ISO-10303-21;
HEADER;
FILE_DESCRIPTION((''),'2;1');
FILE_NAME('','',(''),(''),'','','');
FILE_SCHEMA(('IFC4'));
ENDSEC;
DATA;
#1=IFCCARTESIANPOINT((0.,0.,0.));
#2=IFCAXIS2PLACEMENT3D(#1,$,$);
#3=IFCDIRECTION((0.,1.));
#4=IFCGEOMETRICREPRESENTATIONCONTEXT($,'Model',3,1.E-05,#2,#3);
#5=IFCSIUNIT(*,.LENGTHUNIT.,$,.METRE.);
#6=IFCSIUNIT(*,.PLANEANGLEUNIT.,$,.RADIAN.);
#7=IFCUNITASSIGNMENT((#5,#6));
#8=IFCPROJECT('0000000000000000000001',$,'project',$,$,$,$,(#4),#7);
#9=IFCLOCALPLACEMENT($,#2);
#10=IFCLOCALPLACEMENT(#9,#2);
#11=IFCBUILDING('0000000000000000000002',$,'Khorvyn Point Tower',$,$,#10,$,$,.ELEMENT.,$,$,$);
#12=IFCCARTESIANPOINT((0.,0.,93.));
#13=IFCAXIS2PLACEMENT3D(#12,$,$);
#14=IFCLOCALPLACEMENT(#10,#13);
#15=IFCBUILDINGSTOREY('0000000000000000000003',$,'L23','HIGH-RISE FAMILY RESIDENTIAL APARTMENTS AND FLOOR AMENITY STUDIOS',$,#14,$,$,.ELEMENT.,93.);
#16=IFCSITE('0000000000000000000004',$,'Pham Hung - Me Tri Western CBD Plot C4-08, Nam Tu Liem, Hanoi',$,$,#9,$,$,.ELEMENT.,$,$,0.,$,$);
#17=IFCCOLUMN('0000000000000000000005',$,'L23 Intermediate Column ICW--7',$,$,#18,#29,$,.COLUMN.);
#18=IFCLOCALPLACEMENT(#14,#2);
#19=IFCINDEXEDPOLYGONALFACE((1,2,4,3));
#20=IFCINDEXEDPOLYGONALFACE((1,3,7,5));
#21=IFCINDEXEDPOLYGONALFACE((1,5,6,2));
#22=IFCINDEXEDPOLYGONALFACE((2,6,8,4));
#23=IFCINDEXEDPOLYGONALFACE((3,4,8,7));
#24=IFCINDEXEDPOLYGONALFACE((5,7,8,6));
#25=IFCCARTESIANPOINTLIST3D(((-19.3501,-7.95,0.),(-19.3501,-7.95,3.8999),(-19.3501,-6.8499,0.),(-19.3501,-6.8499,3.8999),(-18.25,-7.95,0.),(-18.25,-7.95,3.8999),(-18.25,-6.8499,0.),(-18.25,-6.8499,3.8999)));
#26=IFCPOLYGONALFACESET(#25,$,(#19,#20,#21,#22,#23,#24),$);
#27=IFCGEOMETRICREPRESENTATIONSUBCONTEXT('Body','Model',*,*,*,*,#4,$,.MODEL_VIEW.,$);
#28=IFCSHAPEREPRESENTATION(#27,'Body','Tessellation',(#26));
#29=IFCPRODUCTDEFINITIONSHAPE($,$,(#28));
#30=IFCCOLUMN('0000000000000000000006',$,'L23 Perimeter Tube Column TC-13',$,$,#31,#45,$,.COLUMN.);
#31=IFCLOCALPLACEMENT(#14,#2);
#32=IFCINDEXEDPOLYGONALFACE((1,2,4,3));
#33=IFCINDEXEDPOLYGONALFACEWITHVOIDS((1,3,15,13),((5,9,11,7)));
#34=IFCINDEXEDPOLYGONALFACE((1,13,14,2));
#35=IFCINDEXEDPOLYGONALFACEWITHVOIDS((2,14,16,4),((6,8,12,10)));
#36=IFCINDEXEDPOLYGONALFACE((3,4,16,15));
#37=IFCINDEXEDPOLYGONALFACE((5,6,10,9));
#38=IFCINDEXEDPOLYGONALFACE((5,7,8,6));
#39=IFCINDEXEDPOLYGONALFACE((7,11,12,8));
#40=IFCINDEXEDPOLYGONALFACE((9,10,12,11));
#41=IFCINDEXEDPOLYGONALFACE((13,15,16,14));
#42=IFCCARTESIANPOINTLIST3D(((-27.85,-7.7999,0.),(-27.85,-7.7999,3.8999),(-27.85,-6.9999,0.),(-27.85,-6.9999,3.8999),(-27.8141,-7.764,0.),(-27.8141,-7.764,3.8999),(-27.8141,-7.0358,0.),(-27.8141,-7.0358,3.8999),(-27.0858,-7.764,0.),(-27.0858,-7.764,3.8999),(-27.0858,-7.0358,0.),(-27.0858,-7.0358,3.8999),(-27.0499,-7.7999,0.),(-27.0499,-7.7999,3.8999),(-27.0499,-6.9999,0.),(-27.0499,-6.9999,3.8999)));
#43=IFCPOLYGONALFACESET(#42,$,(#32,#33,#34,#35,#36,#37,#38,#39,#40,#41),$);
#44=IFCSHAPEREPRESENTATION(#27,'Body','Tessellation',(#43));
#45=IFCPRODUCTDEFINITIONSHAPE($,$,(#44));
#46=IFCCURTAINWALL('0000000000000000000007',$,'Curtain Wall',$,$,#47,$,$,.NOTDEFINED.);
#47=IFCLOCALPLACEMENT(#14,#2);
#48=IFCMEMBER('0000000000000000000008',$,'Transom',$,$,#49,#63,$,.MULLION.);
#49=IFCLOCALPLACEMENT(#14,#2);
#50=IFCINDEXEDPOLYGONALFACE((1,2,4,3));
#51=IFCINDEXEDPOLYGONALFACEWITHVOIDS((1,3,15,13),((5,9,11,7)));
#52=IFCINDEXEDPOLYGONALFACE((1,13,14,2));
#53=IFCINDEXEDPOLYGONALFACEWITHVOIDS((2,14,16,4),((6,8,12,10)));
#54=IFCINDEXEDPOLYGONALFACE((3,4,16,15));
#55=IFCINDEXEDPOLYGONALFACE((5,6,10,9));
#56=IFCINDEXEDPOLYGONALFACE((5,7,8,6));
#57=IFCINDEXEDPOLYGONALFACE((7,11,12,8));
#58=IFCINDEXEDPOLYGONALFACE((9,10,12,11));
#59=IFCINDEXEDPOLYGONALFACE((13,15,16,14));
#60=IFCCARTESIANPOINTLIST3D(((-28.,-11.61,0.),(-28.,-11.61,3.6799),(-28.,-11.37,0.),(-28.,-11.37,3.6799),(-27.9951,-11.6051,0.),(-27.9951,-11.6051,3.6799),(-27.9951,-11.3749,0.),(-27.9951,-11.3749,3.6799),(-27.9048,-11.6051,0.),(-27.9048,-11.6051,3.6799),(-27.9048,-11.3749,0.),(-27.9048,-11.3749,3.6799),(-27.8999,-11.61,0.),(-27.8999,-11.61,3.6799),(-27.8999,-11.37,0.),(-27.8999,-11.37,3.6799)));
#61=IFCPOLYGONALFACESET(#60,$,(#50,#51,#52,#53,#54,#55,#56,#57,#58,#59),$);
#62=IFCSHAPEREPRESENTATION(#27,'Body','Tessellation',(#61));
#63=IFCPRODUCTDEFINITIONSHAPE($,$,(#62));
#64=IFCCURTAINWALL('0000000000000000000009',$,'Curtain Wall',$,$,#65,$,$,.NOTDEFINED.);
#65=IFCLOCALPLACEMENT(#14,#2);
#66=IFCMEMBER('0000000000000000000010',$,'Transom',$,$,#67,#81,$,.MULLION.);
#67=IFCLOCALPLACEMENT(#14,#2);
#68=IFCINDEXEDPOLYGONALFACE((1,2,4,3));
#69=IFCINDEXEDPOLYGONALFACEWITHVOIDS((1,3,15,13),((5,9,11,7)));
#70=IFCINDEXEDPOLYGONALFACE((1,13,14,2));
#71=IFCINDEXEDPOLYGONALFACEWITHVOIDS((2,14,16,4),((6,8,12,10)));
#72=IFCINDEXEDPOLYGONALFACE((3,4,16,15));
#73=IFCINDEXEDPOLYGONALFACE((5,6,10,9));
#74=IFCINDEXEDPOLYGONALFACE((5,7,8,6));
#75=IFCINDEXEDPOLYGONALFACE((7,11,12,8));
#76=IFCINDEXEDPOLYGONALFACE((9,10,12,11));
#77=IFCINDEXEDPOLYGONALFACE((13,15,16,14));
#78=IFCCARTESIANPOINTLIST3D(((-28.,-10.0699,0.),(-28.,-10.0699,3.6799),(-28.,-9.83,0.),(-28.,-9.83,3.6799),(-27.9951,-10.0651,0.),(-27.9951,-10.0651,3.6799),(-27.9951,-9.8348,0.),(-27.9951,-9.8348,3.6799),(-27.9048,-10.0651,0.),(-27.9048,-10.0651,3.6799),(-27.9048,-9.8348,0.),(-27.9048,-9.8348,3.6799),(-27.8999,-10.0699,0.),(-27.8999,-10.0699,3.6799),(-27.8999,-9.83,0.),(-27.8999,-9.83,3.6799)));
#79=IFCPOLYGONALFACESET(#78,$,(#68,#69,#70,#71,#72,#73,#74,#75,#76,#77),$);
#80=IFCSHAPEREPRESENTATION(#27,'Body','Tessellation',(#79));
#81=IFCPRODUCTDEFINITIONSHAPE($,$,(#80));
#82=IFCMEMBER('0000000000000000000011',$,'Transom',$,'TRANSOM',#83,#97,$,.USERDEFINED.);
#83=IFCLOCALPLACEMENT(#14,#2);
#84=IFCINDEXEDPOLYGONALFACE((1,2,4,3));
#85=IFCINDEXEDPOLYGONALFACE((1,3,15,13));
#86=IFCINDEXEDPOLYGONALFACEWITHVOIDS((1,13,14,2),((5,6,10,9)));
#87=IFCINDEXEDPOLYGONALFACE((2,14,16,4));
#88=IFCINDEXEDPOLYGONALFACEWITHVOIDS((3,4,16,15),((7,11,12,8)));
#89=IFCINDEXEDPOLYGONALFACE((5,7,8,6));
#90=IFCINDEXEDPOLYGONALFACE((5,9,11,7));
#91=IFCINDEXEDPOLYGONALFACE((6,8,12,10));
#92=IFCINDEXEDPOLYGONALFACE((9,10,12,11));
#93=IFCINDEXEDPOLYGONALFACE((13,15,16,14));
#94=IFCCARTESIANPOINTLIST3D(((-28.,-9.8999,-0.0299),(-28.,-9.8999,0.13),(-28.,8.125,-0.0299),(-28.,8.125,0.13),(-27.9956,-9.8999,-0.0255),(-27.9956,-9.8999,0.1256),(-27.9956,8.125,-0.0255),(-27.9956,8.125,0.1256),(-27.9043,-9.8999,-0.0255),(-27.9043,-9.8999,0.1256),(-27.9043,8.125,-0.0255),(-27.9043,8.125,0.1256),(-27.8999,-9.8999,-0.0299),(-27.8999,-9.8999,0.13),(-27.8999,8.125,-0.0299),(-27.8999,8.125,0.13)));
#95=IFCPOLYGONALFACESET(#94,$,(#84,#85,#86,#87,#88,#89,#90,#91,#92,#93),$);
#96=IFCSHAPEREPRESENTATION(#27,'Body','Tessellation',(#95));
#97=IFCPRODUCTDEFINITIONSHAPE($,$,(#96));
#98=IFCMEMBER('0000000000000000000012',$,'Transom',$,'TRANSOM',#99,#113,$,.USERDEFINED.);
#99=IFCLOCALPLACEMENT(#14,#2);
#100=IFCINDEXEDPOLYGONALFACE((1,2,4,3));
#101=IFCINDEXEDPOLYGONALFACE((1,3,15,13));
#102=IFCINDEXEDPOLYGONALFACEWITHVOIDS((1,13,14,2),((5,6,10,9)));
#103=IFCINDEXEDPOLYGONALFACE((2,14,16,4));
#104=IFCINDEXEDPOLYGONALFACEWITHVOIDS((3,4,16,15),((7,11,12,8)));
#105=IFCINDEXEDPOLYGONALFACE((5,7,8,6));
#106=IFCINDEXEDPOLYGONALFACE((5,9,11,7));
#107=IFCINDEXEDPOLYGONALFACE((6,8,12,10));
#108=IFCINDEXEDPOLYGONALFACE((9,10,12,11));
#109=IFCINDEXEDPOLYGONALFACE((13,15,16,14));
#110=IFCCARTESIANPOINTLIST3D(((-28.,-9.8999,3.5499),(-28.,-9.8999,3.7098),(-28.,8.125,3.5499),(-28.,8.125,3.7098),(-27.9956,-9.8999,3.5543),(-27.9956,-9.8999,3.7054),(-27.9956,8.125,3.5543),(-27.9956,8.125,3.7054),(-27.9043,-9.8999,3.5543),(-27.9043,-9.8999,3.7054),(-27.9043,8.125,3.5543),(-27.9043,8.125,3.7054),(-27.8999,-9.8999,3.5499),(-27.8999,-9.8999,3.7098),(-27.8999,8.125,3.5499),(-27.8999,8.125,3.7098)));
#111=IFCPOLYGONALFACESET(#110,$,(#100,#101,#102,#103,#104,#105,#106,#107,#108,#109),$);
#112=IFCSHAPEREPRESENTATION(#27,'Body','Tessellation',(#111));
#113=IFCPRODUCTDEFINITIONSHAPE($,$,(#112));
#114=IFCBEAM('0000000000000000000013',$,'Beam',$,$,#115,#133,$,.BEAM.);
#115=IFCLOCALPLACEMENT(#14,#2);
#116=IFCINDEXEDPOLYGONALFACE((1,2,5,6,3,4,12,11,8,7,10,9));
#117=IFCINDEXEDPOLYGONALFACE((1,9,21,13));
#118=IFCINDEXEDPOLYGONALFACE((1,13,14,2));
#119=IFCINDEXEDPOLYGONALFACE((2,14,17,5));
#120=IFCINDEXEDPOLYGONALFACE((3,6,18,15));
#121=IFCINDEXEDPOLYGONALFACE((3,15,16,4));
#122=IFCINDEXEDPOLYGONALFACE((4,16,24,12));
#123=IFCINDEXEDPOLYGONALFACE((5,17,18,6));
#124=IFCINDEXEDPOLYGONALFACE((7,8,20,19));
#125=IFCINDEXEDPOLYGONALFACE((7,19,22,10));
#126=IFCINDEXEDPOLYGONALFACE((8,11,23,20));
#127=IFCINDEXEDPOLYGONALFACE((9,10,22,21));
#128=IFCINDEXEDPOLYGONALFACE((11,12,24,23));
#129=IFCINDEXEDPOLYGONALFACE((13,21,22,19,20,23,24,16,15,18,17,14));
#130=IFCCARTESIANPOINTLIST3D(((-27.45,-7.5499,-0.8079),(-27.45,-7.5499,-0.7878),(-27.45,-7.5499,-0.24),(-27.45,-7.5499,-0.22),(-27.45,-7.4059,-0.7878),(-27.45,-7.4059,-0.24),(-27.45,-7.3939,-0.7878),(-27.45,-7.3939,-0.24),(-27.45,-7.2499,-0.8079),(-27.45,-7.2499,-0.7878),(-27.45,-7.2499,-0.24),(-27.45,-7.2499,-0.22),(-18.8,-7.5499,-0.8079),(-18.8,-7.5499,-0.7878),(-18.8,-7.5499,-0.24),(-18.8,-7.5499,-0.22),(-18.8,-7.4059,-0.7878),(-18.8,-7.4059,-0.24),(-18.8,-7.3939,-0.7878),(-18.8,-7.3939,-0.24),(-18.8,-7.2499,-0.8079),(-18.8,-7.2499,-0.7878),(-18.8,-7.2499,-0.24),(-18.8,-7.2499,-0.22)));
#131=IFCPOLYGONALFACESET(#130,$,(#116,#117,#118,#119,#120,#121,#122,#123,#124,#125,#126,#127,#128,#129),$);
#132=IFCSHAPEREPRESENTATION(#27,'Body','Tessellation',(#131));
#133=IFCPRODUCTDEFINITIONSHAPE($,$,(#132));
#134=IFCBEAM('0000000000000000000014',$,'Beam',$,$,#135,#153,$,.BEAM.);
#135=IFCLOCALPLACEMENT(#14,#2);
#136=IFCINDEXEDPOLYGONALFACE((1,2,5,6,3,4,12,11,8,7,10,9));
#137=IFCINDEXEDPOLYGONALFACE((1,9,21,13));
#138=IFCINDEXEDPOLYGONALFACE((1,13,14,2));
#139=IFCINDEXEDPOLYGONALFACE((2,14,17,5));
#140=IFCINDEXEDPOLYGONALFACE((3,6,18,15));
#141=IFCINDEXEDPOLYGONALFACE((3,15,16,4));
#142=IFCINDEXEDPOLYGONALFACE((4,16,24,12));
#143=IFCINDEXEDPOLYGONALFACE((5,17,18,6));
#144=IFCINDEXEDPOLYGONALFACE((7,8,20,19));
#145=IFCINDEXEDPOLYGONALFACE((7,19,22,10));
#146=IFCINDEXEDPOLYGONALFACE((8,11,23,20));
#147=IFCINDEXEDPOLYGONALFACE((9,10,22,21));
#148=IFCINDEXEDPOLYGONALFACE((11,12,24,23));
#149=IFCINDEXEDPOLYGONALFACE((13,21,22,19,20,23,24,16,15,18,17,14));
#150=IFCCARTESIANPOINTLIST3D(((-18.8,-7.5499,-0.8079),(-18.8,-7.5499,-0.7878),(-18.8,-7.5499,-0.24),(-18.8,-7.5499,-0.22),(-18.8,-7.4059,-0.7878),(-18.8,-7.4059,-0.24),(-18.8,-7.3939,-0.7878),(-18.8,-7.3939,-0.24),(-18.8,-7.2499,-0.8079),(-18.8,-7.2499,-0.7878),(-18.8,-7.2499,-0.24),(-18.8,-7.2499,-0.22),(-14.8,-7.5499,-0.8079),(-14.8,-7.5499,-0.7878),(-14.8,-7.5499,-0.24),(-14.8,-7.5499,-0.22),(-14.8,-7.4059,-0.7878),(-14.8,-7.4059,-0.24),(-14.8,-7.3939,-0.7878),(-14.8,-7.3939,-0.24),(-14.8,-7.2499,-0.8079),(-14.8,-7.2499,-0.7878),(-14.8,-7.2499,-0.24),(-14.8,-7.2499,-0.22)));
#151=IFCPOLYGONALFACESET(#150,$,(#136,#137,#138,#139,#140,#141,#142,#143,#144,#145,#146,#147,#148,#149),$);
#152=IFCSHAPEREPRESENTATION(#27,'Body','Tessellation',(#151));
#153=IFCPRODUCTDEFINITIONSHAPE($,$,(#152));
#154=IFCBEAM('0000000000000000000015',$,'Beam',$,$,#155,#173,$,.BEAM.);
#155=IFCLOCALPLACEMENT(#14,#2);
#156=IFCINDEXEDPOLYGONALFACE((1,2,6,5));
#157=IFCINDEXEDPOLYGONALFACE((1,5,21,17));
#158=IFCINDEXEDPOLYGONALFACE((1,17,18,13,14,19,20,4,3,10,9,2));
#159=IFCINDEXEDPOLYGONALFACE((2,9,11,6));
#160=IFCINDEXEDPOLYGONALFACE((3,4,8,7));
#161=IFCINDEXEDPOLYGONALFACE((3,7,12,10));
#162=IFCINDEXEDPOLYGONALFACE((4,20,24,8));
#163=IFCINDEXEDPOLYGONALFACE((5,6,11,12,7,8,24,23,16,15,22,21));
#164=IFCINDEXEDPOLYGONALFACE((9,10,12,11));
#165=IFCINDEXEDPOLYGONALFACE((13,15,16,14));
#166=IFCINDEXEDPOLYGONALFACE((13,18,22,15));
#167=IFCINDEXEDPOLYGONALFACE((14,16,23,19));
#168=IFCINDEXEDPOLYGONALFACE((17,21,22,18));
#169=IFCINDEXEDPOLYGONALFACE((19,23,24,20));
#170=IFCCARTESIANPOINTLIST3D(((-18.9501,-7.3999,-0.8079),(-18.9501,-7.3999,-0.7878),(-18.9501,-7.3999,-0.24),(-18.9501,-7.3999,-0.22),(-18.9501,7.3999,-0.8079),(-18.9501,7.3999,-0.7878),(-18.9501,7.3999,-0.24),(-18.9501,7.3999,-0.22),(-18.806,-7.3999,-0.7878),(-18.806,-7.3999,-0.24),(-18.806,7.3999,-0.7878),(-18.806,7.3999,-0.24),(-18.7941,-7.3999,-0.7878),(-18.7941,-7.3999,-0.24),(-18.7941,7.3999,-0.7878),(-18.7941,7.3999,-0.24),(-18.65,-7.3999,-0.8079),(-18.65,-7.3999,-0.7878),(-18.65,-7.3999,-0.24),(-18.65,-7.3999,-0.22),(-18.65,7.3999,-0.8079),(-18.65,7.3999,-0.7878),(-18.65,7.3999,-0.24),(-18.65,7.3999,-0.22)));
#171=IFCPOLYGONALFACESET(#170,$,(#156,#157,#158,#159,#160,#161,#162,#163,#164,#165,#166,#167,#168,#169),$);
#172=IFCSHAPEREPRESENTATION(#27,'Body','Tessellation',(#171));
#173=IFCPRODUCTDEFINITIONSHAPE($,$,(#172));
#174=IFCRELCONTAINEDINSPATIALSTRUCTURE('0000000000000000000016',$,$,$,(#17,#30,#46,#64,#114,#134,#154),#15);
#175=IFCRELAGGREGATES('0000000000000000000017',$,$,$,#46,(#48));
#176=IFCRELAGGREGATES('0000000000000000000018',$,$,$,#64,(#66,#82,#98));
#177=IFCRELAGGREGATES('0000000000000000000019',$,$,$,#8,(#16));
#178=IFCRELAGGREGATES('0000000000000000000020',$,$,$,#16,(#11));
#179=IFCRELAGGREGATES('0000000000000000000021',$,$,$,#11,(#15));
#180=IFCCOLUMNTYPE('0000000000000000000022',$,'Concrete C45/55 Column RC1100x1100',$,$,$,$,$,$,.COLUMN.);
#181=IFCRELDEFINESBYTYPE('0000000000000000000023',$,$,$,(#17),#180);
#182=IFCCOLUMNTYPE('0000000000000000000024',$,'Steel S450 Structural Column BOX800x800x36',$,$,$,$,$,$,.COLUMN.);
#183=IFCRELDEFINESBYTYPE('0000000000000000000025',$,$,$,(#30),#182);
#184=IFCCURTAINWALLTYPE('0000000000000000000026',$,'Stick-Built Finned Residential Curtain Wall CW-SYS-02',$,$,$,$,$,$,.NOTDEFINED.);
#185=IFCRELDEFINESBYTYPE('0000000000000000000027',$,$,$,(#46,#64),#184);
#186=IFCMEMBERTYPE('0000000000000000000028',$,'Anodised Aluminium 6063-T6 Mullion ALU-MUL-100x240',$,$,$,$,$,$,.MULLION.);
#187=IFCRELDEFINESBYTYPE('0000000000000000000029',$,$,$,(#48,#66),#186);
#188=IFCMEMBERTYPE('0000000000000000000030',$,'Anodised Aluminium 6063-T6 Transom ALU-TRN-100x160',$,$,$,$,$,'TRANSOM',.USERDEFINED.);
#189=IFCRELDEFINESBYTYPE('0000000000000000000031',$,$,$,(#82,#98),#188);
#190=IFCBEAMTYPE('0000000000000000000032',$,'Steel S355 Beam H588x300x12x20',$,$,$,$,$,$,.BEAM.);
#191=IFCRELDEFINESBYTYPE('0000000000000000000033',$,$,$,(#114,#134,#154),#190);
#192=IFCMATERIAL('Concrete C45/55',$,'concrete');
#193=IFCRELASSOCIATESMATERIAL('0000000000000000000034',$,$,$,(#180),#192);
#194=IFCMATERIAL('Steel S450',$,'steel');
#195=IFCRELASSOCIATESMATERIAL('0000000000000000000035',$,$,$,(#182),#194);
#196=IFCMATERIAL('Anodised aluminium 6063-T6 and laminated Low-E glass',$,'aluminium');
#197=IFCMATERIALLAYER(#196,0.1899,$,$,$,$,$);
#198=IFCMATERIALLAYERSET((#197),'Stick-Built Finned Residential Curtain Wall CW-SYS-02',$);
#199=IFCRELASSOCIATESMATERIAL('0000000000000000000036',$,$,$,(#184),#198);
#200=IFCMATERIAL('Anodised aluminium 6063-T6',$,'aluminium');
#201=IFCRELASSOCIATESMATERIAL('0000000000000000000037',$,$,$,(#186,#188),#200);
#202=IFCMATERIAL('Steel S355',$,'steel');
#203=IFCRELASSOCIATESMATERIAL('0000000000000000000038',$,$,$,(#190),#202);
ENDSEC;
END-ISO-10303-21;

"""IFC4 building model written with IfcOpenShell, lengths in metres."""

from ifc_helpers import new_model, si_unit, direction, frame, origin, origin_2d, place, context, subcontext, project, spatial, rectangle, hollow_rectangle, i_section, extrude, material, layer, layer_set, material_profile, profile_set, type_object, element, aggregate, save


model = new_model("IFC4")

# Units and contexts
model_context = context("Model", 3, precision=1e-05, world=origin(), true_north=direction((0.0, 1.0)))
body_context = subcontext(model_context, "Body", "Model", "MODEL_VIEW")
ifc_project = project(units=[si_unit("LENGTHUNIT", "METRE"), si_unit("PLANEANGLEUNIT", "RADIAN")], contexts=[model_context])

# Site, building, storey
site_placement = place(None, origin())
site = spatial("IfcSite", under=ifc_project, at=site_placement, Name="Pham Hung - Me Tri Western CBD Plot C4-08, Nam Tu Liem, Hanoi", CompositionType="ELEMENT", RefElevation=0.0)
building_placement = place(site_placement, origin())
building = spatial("IfcBuilding", under=site, at=building_placement, Name="Khorvyn Point Tower", CompositionType="ELEMENT")
storey_placement = place(building_placement, frame((0.0, 0.0, 93.0)))
storey = spatial("IfcBuildingStorey", under=building, at=storey_placement, Name="L23", Description="HIGH-RISE FAMILY RESIDENTIAL APARTMENTS AND FLOOR AMENITY STUDIOS", CompositionType="ELEMENT", Elevation=93.0)

# Columns
ifc_material_1 = material(Name="Concrete C45/55", Category="concrete")
ifc_material_profile_1 = material_profile(ifc_material_1, rectangle(XDim=1.1001, YDim=1.1001, at=origin_2d()))
ifc_profile_set_1 = profile_set([ifc_material_profile_1], Name="Concrete C45/55 RC1100x1100")
column_type_1 = type_object("IfcColumnType", Name="Concrete C45/55 Column RC1100x1100", PredefinedType="COLUMN", material=ifc_profile_set_1)
column_1_placement = place(storey_placement, frame((-18.8, -7.3999, 0.0), z_axis=(0.0, 0.0, 1.0), x_axis=(1.0, 0.0, 0.0)))
element("IfcColumn", 1, at=column_1_placement, inside=storey, type_object=column_type_1, Name="L23 Intermediate Column ICW--7", PredefinedType="COLUMN", context=body_context, shape_type="SweptSolid", body=[
    extrude(rectangle(XDim=1.1001, YDim=1.1001, at=origin_2d()), origin(), (0.0, 0.0, 1.0), 3.8999),
])
ifc_material_2 = material(Name="Steel S450", Category="steel")
ifc_material_profile_2 = material_profile(ifc_material_2, hollow_rectangle(XDim=0.8, YDim=0.8, WallThickness=0.0359, at=origin_2d()))
ifc_profile_set_2 = profile_set([ifc_material_profile_2], Name="Steel S450 BOX800x800x36")
column_type_2 = type_object("IfcColumnType", Name="Steel S450 Structural Column BOX800x800x36", PredefinedType="COLUMN", material=ifc_profile_set_2)
column_2_placement = place(storey_placement, frame((-27.45, -7.3999, 0.0), z_axis=(0.0, 0.0, 1.0), x_axis=(1.0, 0.0, 0.0)))
element("IfcColumn", 2, at=column_2_placement, inside=storey, type_object=column_type_2, Name="L23 Perimeter Tube Column TC-13", PredefinedType="COLUMN", context=body_context, shape_type="SweptSolid", body=[
    extrude(hollow_rectangle(XDim=0.8, YDim=0.8, WallThickness=0.0359, at=origin_2d()), origin(), (0.0, 0.0, 1.0), 3.8999),
])

# Curtain wall, member
ifc_material_3 = material(Name="Anodised aluminium 6063-T6 and laminated Low-E glass", Category="aluminium")
ifc_layer_1 = layer(ifc_material_3, 0.1899)
ifc_layer_set_1 = layer_set([ifc_layer_1], Name="Stick-Built Finned Residential Curtain Wall CW-SYS-02")
curtain_wall_type = type_object("IfcCurtainWallType", Name="Stick-Built Finned Residential Curtain Wall CW-SYS-02", PredefinedType="NOTDEFINED", material=ifc_layer_set_1)
curtain_wall_1_placement = place(storey_placement, origin())
curtain_wall_1 = element("IfcCurtainWall", 3, at=curtain_wall_1_placement, inside=storey, type_object=curtain_wall_type, Name="Curtain Wall", PredefinedType="NOTDEFINED")
ifc_material_4 = material(Name="Anodised aluminium 6063-T6", Category="aluminium")
ifc_material_profile_3 = material_profile(ifc_material_4, hollow_rectangle(XDim=0.1001, YDim=0.24, WallThickness=0.0049, at=origin_2d()))
ifc_profile_set_3 = profile_set([ifc_material_profile_3], Name="Anodised aluminium 6063-T6 ALU-MUL-100x240")
member_type_1 = type_object("IfcMemberType", Name="Anodised Aluminium 6063-T6 Mullion ALU-MUL-100x240", PredefinedType="MULLION", material=ifc_profile_set_3)
member_1_placement = place(storey_placement, frame((-27.95, -11.49, 0.0), z_axis=(0.0, 0.0, 1.0), x_axis=(-1.0, 0.0, 0.0)))
member_1 = element("IfcMember", 4, at=member_1_placement, type_object=member_type_1, Name="Transom", PredefinedType="MULLION", context=body_context, shape_type="SweptSolid", body=[
    extrude(hollow_rectangle(XDim=0.1001, YDim=0.24, WallThickness=0.0049, at=origin_2d()), origin(), (0.0, 0.0, 1.0), 3.6799),
])
aggregate(curtain_wall_1, [member_1])

# Curtain wall, members
curtain_wall_2_placement = place(storey_placement, origin())
curtain_wall_2 = element("IfcCurtainWall", 5, at=curtain_wall_2_placement, inside=storey, type_object=curtain_wall_type, Name="Curtain Wall", PredefinedType="NOTDEFINED")
member_2_placement = place(storey_placement, frame((-27.95, -9.95, 0.0), z_axis=(0.0, 0.0, 1.0), x_axis=(-1.0, 0.0, 0.0)))
member_2 = element("IfcMember", 6, at=member_2_placement, type_object=member_type_1, Name="Transom", PredefinedType="MULLION", context=body_context, shape_type="SweptSolid", body=[
    extrude(hollow_rectangle(XDim=0.1001, YDim=0.24, WallThickness=0.0049, at=origin_2d()), origin(), (0.0, 0.0, 1.0), 3.6799),
])
ifc_material_profile_4 = material_profile(ifc_material_4, hollow_rectangle(XDim=0.1001, YDim=0.1599, WallThickness=0.0044, at=origin_2d()))
ifc_profile_set_4 = profile_set([ifc_material_profile_4], Name="Anodised aluminium 6063-T6 ALU-TRN-100x160")
member_type_2 = type_object("IfcMemberType", Name="Anodised Aluminium 6063-T6 Transom ALU-TRN-100x160", ElementType="TRANSOM", PredefinedType="USERDEFINED", material=ifc_profile_set_4)
member_3_placement = place(storey_placement, frame((-27.95, -9.8999, 0.05), z_axis=(0.0, 1.0, 0.0), x_axis=(-1.0, 0.0, 0.0)))
member_3 = element("IfcMember", 7, at=member_3_placement, type_object=member_type_2, Name="Transom", ObjectType="TRANSOM", PredefinedType="USERDEFINED", context=body_context, shape_type="SweptSolid", body=[
    extrude(hollow_rectangle(XDim=0.1001, YDim=0.1599, WallThickness=0.0044, at=origin_2d()), origin(), (0.0, 0.0, 1.0), 18.0249),
])
member_4_placement = place(storey_placement, frame((-27.95, -9.8999, 3.6299), z_axis=(0.0, 1.0, 0.0), x_axis=(-1.0, 0.0, 0.0)))
member_4 = element("IfcMember", 8, at=member_4_placement, type_object=member_type_2, Name="Transom", ObjectType="TRANSOM", PredefinedType="USERDEFINED", context=body_context, shape_type="SweptSolid", body=[
    extrude(hollow_rectangle(XDim=0.1001, YDim=0.1599, WallThickness=0.0044, at=origin_2d()), origin(), (0.0, 0.0, 1.0), 18.0249),
])

# Beams
ifc_material_5 = material(Name="Steel S355", Category="steel")
ifc_material_profile_5 = material_profile(ifc_material_5, i_section(OverallWidth=0.3, OverallDepth=0.5879, WebThickness=0.012, FlangeThickness=0.02, at=origin_2d()))
ifc_profile_set_5 = profile_set([ifc_material_profile_5], Name="Steel S355 H588x300x12x20")
beam_type_1 = type_object("IfcBeamType", Name="Steel S355 Beam H588x300x12x20", PredefinedType="BEAM", material=ifc_profile_set_5)
beam_1_placement = place(storey_placement, frame((-27.45, -7.3999, -0.5139), z_axis=(1.0, 0.0, 0.0), x_axis=(0.0, 1.0, 0.0)))
element("IfcBeam", 9, at=beam_1_placement, inside=storey, type_object=beam_type_1, Name="Beam", PredefinedType="BEAM", context=body_context, shape_type="SweptSolid", body=[
    extrude(i_section(OverallWidth=0.3, OverallDepth=0.5879, WebThickness=0.012, FlangeThickness=0.02, at=origin_2d()), origin(), (0.0, 0.0, 1.0), 8.6499),
])
beam_2_placement = place(storey_placement, frame((-18.8, -7.3999, -0.5139), z_axis=(1.0, 0.0, 0.0), x_axis=(0.0, 1.0, 0.0)))
element("IfcBeam", 10, at=beam_2_placement, inside=storey, type_object=beam_type_1, Name="Beam", PredefinedType="BEAM", context=body_context, shape_type="SweptSolid", body=[
    extrude(i_section(OverallWidth=0.3, OverallDepth=0.5879, WebThickness=0.012, FlangeThickness=0.02, at=origin_2d()), origin(), (0.0, 0.0, 1.0), 4.0),
])
beam_3_placement = place(storey_placement, frame((-18.8, -7.3999, -0.5139), z_axis=(0.0, 1.0, 0.0), x_axis=(-1.0, 0.0, 0.0)))
element("IfcBeam", 11, at=beam_3_placement, inside=storey, type_object=beam_type_1, Name="Beam", PredefinedType="BEAM", context=body_context, shape_type="SweptSolid", body=[
    extrude(i_section(OverallWidth=0.3, OverallDepth=0.5879, WebThickness=0.012, FlangeThickness=0.02, at=origin_2d()), origin(), (0.0, 0.0, 1.0), 14.7998),
])

aggregate(curtain_wall_2, [member_2, member_3, member_4])

save(model, "model.ifc")
